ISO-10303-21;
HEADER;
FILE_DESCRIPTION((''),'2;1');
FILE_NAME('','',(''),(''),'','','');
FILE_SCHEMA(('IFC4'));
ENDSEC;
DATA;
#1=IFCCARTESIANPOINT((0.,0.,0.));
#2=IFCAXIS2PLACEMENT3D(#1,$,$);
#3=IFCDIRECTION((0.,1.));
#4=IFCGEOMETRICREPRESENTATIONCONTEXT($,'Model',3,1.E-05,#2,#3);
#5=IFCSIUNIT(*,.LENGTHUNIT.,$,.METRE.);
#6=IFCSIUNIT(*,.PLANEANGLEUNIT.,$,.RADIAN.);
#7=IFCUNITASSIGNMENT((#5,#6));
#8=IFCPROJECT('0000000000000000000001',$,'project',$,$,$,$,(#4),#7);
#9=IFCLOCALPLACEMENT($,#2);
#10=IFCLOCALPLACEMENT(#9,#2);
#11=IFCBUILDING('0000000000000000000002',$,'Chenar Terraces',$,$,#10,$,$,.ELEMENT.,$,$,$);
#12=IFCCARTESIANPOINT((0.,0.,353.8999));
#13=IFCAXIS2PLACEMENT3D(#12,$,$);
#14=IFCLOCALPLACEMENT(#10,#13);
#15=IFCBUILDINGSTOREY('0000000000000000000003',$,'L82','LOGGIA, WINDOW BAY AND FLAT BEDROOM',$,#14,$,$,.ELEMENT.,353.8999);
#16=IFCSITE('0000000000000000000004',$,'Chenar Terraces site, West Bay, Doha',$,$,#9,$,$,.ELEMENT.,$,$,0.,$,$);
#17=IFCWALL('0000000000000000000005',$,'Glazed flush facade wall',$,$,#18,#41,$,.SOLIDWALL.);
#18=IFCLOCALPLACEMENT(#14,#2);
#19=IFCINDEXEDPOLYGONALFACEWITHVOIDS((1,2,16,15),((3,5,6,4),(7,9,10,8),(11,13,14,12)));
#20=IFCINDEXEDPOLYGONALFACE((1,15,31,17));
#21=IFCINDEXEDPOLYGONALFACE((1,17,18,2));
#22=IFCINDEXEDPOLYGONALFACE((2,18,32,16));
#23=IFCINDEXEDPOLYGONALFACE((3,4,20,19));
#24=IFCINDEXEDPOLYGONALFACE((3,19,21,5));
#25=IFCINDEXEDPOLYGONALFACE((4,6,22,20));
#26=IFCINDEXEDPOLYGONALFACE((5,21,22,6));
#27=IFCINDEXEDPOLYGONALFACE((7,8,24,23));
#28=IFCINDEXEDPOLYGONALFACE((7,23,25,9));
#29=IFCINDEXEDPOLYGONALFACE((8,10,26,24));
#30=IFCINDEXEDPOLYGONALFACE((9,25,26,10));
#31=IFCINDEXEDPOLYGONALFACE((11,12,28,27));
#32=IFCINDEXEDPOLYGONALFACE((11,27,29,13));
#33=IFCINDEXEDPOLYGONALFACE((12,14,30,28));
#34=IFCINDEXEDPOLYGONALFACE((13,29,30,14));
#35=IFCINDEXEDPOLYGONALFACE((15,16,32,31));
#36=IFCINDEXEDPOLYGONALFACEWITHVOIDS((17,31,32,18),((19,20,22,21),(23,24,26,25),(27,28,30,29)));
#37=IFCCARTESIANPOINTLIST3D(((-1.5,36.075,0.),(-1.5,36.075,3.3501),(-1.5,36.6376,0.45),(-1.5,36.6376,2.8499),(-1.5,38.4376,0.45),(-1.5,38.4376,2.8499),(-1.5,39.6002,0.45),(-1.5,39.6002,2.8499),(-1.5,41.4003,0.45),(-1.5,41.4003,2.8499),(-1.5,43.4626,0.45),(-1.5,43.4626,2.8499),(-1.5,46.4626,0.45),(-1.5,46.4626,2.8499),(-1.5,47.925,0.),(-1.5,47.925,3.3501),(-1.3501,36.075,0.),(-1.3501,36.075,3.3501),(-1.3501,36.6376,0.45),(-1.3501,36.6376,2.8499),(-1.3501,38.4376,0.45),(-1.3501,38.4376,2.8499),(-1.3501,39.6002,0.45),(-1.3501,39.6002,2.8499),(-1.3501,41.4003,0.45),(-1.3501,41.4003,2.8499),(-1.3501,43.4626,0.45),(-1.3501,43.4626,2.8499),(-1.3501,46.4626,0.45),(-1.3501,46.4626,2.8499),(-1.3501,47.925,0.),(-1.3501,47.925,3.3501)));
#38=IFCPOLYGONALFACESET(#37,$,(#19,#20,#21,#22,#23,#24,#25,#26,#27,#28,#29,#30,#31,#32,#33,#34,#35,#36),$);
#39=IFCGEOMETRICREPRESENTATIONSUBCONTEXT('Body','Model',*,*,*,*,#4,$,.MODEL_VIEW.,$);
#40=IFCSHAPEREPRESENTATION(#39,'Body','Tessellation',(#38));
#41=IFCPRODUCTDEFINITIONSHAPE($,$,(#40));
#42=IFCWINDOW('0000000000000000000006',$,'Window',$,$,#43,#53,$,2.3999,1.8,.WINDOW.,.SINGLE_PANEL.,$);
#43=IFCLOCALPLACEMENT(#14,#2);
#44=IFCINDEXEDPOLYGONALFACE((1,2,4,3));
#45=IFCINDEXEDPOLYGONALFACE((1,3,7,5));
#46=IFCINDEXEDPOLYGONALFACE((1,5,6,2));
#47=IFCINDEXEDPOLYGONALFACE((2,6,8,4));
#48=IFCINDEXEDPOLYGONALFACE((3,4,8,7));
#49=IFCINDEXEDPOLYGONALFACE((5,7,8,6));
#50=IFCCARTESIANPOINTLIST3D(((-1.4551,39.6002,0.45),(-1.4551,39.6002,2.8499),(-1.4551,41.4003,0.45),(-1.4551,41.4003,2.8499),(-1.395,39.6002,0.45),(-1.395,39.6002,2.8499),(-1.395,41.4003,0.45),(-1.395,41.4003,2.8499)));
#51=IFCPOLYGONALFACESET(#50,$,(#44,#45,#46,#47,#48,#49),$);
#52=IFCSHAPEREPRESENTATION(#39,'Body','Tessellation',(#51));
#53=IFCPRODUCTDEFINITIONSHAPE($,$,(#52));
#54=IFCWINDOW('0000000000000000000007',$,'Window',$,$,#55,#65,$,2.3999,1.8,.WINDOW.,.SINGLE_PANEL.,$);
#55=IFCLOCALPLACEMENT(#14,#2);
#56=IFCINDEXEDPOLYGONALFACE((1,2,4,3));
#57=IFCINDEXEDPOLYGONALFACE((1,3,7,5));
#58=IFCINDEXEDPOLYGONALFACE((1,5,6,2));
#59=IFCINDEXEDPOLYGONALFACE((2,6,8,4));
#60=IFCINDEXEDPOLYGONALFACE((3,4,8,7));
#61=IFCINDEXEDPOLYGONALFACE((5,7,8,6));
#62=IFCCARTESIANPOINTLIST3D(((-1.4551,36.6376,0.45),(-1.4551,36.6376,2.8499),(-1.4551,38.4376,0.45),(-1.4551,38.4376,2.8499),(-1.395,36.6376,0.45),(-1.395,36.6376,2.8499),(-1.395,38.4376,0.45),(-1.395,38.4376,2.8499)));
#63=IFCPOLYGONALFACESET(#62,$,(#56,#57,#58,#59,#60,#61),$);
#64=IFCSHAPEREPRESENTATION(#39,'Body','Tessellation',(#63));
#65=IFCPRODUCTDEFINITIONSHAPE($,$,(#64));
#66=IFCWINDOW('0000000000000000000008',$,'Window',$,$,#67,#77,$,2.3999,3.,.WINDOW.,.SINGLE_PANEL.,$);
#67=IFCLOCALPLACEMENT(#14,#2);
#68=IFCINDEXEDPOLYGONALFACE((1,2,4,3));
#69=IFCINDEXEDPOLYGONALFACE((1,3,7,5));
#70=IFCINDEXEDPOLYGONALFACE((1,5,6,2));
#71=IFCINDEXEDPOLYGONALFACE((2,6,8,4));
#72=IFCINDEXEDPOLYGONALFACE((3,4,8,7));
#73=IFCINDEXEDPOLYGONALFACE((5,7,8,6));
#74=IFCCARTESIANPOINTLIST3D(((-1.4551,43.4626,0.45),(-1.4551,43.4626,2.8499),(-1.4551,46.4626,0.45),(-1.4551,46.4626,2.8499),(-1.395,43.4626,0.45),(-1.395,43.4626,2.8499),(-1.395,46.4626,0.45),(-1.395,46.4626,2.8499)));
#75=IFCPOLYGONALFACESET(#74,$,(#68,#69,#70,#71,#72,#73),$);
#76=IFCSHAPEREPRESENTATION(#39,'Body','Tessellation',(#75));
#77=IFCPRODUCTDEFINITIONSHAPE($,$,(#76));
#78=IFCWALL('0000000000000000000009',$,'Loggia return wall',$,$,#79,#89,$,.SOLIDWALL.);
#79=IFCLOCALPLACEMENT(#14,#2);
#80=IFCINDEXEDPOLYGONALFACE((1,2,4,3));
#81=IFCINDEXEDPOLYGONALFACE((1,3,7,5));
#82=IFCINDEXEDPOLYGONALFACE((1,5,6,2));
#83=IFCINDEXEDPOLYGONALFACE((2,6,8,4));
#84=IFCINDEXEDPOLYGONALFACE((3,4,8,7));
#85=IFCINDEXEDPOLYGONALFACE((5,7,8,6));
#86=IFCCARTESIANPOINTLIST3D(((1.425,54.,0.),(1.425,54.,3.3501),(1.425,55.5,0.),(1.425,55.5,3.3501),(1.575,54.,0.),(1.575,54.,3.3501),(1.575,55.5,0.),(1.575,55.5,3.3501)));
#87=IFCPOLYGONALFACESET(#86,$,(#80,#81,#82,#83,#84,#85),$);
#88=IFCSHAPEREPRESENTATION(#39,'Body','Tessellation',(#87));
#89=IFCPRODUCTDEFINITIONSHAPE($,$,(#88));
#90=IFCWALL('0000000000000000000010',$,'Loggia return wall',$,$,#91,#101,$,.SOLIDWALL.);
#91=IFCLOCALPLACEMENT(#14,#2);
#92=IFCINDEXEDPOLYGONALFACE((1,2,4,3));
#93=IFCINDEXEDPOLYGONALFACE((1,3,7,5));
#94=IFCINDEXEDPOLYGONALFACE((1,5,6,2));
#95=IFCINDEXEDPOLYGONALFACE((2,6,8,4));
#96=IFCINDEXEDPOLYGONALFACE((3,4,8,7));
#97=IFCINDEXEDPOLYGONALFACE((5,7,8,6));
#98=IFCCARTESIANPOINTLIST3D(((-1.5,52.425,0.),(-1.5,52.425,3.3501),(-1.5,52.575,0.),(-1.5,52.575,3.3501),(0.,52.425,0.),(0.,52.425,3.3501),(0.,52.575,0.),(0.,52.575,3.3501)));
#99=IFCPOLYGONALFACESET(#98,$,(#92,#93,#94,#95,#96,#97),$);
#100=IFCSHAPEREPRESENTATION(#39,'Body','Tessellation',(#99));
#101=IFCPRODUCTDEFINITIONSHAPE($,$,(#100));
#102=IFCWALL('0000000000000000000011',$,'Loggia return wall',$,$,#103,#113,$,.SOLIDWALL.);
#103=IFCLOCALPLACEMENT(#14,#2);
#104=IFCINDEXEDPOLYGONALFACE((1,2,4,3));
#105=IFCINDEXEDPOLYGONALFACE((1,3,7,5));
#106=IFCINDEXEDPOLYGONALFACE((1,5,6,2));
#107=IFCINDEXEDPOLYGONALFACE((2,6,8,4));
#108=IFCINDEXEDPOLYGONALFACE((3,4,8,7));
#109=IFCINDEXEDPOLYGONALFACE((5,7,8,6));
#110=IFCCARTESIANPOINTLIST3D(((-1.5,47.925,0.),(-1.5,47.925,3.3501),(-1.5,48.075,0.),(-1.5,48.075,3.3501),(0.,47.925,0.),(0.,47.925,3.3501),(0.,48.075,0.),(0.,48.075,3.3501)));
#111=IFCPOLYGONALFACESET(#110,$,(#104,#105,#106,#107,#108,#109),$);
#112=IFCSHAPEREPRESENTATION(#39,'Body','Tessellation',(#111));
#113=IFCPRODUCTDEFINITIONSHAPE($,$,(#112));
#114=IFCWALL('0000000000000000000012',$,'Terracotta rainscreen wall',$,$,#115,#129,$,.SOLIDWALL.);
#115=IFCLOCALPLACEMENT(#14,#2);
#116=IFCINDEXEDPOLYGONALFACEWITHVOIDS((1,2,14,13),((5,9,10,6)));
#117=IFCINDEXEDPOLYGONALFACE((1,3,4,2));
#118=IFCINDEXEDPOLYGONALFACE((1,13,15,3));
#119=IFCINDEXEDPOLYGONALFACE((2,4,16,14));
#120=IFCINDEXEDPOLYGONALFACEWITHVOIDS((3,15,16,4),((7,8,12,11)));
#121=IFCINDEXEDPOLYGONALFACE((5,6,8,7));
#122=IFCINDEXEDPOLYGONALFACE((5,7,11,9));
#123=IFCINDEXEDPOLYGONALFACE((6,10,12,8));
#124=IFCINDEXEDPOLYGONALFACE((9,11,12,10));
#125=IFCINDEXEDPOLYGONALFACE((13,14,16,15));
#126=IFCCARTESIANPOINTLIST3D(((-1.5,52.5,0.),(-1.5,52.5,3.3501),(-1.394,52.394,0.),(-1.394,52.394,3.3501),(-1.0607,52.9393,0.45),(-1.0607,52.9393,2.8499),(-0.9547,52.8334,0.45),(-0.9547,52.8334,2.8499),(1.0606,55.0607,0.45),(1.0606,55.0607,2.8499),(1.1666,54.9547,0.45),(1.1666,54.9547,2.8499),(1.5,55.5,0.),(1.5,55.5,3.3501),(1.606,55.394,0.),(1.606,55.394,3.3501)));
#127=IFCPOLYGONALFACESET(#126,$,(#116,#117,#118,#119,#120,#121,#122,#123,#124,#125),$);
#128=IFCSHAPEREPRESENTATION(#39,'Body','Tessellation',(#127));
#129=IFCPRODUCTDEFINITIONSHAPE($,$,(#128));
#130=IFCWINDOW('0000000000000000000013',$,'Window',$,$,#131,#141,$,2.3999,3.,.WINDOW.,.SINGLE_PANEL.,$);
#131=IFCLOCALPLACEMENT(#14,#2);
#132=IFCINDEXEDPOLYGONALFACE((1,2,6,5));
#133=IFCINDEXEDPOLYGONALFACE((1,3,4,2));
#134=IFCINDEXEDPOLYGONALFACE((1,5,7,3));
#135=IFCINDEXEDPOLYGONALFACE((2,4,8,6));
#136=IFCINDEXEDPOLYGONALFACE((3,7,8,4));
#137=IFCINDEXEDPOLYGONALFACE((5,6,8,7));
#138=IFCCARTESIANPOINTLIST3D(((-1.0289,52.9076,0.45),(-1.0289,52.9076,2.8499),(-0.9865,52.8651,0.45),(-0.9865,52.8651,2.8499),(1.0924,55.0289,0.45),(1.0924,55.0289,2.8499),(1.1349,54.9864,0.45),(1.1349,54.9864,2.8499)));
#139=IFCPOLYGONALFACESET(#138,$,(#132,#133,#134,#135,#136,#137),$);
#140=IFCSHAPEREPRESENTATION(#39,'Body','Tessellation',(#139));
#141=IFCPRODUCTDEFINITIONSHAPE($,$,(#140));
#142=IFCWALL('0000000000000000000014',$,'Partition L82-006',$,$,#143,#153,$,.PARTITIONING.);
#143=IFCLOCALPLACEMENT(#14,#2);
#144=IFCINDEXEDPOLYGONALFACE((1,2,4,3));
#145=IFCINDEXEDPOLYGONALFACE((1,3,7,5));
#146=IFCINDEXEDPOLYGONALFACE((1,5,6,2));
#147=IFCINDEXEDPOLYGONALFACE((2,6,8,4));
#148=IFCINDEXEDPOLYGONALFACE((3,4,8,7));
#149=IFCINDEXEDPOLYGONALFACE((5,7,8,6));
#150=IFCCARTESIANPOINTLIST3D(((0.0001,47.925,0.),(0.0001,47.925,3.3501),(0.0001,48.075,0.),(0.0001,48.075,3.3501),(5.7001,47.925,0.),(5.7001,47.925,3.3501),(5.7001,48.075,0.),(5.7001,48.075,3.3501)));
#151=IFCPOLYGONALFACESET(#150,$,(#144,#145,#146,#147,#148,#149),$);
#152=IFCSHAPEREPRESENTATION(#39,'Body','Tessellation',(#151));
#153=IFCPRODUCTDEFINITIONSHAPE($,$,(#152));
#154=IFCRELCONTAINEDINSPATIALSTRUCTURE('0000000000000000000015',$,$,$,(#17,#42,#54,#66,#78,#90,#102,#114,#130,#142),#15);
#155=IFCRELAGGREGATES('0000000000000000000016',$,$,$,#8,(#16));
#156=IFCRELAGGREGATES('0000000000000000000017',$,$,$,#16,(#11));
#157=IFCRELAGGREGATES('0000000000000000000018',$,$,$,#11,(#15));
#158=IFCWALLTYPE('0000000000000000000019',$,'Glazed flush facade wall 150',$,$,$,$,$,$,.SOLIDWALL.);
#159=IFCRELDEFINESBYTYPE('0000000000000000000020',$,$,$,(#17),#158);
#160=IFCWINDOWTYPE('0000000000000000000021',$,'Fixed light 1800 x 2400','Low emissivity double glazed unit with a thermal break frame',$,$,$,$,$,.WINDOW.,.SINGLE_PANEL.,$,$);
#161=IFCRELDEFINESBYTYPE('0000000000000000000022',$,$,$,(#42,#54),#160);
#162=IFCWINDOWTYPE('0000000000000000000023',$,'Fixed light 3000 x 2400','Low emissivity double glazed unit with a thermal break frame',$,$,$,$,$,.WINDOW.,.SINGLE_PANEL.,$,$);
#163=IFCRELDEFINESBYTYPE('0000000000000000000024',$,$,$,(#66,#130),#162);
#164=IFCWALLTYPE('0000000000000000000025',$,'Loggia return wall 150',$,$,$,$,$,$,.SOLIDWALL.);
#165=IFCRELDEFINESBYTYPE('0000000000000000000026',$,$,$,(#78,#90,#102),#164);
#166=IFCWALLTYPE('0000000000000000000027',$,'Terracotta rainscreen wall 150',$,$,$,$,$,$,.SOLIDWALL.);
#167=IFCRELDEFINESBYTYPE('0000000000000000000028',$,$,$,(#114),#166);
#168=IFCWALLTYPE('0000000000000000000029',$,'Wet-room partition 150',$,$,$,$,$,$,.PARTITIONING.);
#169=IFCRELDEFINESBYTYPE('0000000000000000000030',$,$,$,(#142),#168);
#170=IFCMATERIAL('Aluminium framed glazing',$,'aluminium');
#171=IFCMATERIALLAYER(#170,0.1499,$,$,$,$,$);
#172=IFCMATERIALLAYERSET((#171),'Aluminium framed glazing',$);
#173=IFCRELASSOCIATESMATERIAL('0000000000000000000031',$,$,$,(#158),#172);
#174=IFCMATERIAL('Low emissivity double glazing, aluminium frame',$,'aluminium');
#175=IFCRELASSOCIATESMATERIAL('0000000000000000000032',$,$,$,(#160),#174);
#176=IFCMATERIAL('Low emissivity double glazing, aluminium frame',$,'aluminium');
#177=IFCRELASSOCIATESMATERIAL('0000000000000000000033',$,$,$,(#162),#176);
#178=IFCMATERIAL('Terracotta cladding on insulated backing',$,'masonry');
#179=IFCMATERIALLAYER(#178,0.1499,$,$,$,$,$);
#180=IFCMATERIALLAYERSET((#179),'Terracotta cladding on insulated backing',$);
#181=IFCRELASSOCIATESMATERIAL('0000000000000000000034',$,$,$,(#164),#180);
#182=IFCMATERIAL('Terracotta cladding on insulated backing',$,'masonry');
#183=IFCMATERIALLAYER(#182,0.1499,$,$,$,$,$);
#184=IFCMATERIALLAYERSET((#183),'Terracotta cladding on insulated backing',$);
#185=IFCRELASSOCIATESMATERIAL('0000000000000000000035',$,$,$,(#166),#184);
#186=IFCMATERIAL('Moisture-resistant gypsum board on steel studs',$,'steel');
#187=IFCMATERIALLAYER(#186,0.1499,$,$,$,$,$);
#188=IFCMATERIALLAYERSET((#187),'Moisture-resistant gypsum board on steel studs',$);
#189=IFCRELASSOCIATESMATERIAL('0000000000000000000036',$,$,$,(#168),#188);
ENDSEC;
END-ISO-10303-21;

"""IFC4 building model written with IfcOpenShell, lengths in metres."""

from ifc_helpers import new_model, si_unit, direction, frame, frame_2d, origin, place, context, subcontext, project, spatial, rectangle, extrude, material, layer, layer_set, type_object, element, fill, save


model = new_model("IFC4")

# Units and contexts
model_context = context("Model", 3, precision=1e-05, world=origin(), true_north=direction((0.0, 1.0)))
body_context = subcontext(model_context, "Body", "Model", "MODEL_VIEW")
ifc_project = project(units=[si_unit("LENGTHUNIT", "METRE"), si_unit("PLANEANGLEUNIT", "RADIAN")], contexts=[model_context])

# Site, building, storey
site_placement = place(None, origin())
site = spatial("IfcSite", under=ifc_project, at=site_placement, Name="Chenar Terraces site, West Bay, Doha", CompositionType="ELEMENT", RefElevation=0.0)
building_placement = place(site_placement, origin())
building = spatial("IfcBuilding", under=site, at=building_placement, Name="Chenar Terraces", CompositionType="ELEMENT")
storey_placement = place(building_placement, frame((0.0, 0.0, 353.8999)))
storey = spatial("IfcBuildingStorey", under=building, at=storey_placement, Name="L82", Description="LOGGIA, WINDOW BAY AND FLAT BEDROOM", CompositionType="ELEMENT", Elevation=353.8999)

# Wall, openings, windows
ifc_material_1 = material(Name="Aluminium framed glazing", Category="aluminium")
ifc_layer_1 = layer(ifc_material_1, 0.1499)
ifc_layer_set_1 = layer_set([ifc_layer_1], Name="Aluminium framed glazing")
wall_type_1 = type_object("IfcWallType", Name="Glazed flush facade wall 150", PredefinedType="SOLIDWALL", material=ifc_layer_set_1)
wall_1_placement = place(storey_placement, frame((-1.425, 47.925, 0.0), z_axis=(0.0, 0.0, 1.0), x_axis=(0.0, -1.0, 0.0)))
wall_1 = element("IfcWall", 1, at=wall_1_placement, inside=storey, type_object=wall_type_1, Name="Glazed flush facade wall", PredefinedType="SOLIDWALL", context=body_context, shape_type="SweptSolid", body=[
    extrude(rectangle(XDim=11.8501, YDim=0.1499, at=frame_2d((5.925, 0.0))), origin(), (0.0, 0.0, 1.0), 3.3501),
])
opening_1_placement = place(wall_1_placement, frame((1.4624, 0.0, 0.45)))
opening_1 = element("IfcOpeningElement", 2, at=opening_1_placement, cuts=wall_1, PredefinedType="OPENING", context=body_context, shape_type="SweptSolid", body=[
    extrude(rectangle(XDim=3.0, YDim=2.3999, at=frame_2d((1.5, 1.2))), frame((0.0, 0.085, 0.0), z_axis=(0.0, -1.0, 0.0), x_axis=(1.0, 0.0, 0.0)), (0.0, 0.0, 1.0), 0.1699),
])
opening_2_placement = place(wall_1_placement, frame((6.5249, 0.0, 0.45)))
opening_2 = element("IfcOpeningElement", 3, at=opening_2_placement, cuts=wall_1, PredefinedType="OPENING", context=body_context, shape_type="SweptSolid", body=[
    extrude(rectangle(XDim=1.8, YDim=2.3999, at=frame_2d((0.8999, 1.2))), frame((0.0, 0.085, 0.0), z_axis=(0.0, -1.0, 0.0), x_axis=(1.0, 0.0, 0.0)), (0.0, 0.0, 1.0), 0.1699),
])
opening_3_placement = place(wall_1_placement, frame((9.4875, 0.0, 0.45)))
opening_3 = element("IfcOpeningElement", 4, at=opening_3_placement, cuts=wall_1, PredefinedType="OPENING", context=body_context, shape_type="SweptSolid", body=[
    extrude(rectangle(XDim=1.8, YDim=2.3999, at=frame_2d((0.8999, 1.2))), frame((0.0, 0.085, 0.0), z_axis=(0.0, -1.0, 0.0), x_axis=(1.0, 0.0, 0.0)), (0.0, 0.0, 1.0), 0.1699),
])
ifc_material_2 = material(Name="Low emissivity double glazing, aluminium frame", Category="aluminium")
window_type_1 = type_object("IfcWindowType", Name="Fixed light 1800 x 2400", Description="Low emissivity double glazed unit with a thermal break frame", PartitioningType="SINGLE_PANEL", PredefinedType="WINDOW", material=ifc_material_2)
window_1_placement = place(opening_2_placement, origin())
window_1 = element("IfcWindow", 5, at=window_1_placement, inside=storey, type_object=window_type_1, Name="Window", OverallHeight=2.3999, OverallWidth=1.8, PartitioningType="SINGLE_PANEL", PredefinedType="WINDOW", context=body_context, shape_type="SweptSolid", body=[
    extrude(rectangle(XDim=1.8, YDim=2.3999, at=frame_2d((0.8999, 1.2))), frame((0.0, 0.03, 0.0), z_axis=(0.0, -1.0, 0.0), x_axis=(1.0, 0.0, 0.0)), (0.0, 0.0, 1.0), 0.0601),
])
fill(opening_2, window_1)
window_2_placement = place(opening_3_placement, origin())
window_2 = element("IfcWindow", 6, at=window_2_placement, inside=storey, type_object=window_type_1, Name="Window", OverallHeight=2.3999, OverallWidth=1.8, PartitioningType="SINGLE_PANEL", PredefinedType="WINDOW", context=body_context, shape_type="SweptSolid", body=[
    extrude(rectangle(XDim=1.8, YDim=2.3999, at=frame_2d((0.8999, 1.2))), frame((0.0, 0.03, 0.0), z_axis=(0.0, -1.0, 0.0), x_axis=(1.0, 0.0, 0.0)), (0.0, 0.0, 1.0), 0.0601),
])
fill(opening_3, window_2)
ifc_material_3 = material(Name="Low emissivity double glazing, aluminium frame", Category="aluminium")
window_type_2 = type_object("IfcWindowType", Name="Fixed light 3000 x 2400", Description="Low emissivity double glazed unit with a thermal break frame", PartitioningType="SINGLE_PANEL", PredefinedType="WINDOW", material=ifc_material_3)
window_3_placement = place(opening_1_placement, origin())
window_3 = element("IfcWindow", 7, at=window_3_placement, inside=storey, type_object=window_type_2, Name="Window", OverallHeight=2.3999, OverallWidth=3.0, PartitioningType="SINGLE_PANEL", PredefinedType="WINDOW", context=body_context, shape_type="SweptSolid", body=[
    extrude(rectangle(XDim=3.0, YDim=2.3999, at=frame_2d((1.5, 1.2))), frame((0.0, 0.03, 0.0), z_axis=(0.0, -1.0, 0.0), x_axis=(1.0, 0.0, 0.0)), (0.0, 0.0, 1.0), 0.0601),
])
fill(opening_1, window_3)

# Walls
ifc_material_4 = material(Name="Terracotta cladding on insulated backing", Category="masonry")
ifc_layer_2 = layer(ifc_material_4, 0.1499)
ifc_layer_set_2 = layer_set([ifc_layer_2], Name="Terracotta cladding on insulated backing")
wall_type_2 = type_object("IfcWallType", Name="Loggia return wall 150", PredefinedType="SOLIDWALL", material=ifc_layer_set_2)
for number, where, z_axis, x_axis, name in (
    (8, (1.5, 55.5, 0.0), (0.0, 0.0, 1.0), (0.0, -1.0, 0.0), "Loggia return wall"),
    (9, (-1.5, 52.5, 0.0), (0.0, 0.0, 1.0), (1.0, 0.0, 0.0), "Loggia return wall"),
    (10, (-1.5, 48.0, 0.0), (0.0, 0.0, 1.0), (1.0, 0.0, 0.0), "Loggia return wall"),
):
    element("IfcWall", number, at=place(storey_placement, frame(where, z_axis=z_axis, x_axis=x_axis)), inside=storey, type_object=wall_type_2, Name=name, PredefinedType="SOLIDWALL", context=body_context, shape_type="SweptSolid", body=[
        extrude(rectangle(XDim=1.5, YDim=0.1499, at=frame_2d((0.75, 0.0))), origin(), (0.0, 0.0, 1.0), 3.3501),
    ])

# Wall, opening, window
ifc_material_5 = material(Name="Terracotta cladding on insulated backing", Category="masonry")
ifc_layer_3 = layer(ifc_material_5, 0.1499)
ifc_layer_set_3 = layer_set([ifc_layer_3], Name="Terracotta cladding on insulated backing")
wall_type_3 = type_object("IfcWallType", Name="Terracotta rainscreen wall 150", PredefinedType="SOLIDWALL", material=ifc_layer_set_3)
wall_2_placement = place(storey_placement, frame((1.553, 55.447, 0.0), z_axis=(0.0, 0.0, 1.0), x_axis=(-0.707107, -0.707107, 0.0)))
wall_2 = element("IfcWall", 11, at=wall_2_placement, inside=storey, type_object=wall_type_3, Name="Terracotta rainscreen wall", PredefinedType="SOLIDWALL", context=body_context, shape_type="SweptSolid", body=[
    extrude(rectangle(XDim=4.2427, YDim=0.1499, at=frame_2d((2.1213, 0.0))), origin(), (0.0, 0.0, 1.0), 3.3501),
])
opening_4_placement = place(wall_2_placement, frame((0.6213, 0.0, 0.45)))
opening_4 = element("IfcOpeningElement", 12, at=opening_4_placement, cuts=wall_2, PredefinedType="OPENING", context=body_context, shape_type="SweptSolid", body=[
    extrude(rectangle(XDim=3.0, YDim=2.3999, at=frame_2d((1.5, 1.2))), frame((0.0, 0.085, 0.0), z_axis=(0.0, -1.0, 0.0), x_axis=(1.0, 0.0, 0.0)), (0.0, 0.0, 1.0), 0.1699),
])
window_4_placement = place(opening_4_placement, origin())
window_4 = element("IfcWindow", 13, at=window_4_placement, inside=storey, type_object=window_type_2, Name="Window", OverallHeight=2.3999, OverallWidth=3.0, PartitioningType="SINGLE_PANEL", PredefinedType="WINDOW", context=body_context, shape_type="SweptSolid", body=[
    extrude(rectangle(XDim=3.0, YDim=2.3999, at=frame_2d((1.5, 1.2))), frame((0.0, 0.03, 0.0), z_axis=(0.0, -1.0, 0.0), x_axis=(1.0, 0.0, 0.0)), (0.0, 0.0, 1.0), 0.0601),
])
fill(opening_4, window_4)

# Wall
ifc_material_6 = material(Name="Moisture-resistant gypsum board on steel studs", Category="steel")
ifc_layer_4 = layer(ifc_material_6, 0.1499)
ifc_layer_set_4 = layer_set([ifc_layer_4], Name="Moisture-resistant gypsum board on steel studs")
wall_type_4 = type_object("IfcWallType", Name="Wet-room partition 150", PredefinedType="PARTITIONING", material=ifc_layer_set_4)
wall_3_placement = place(storey_placement, frame((0.0, 48.0, 0.0), z_axis=(0.0, 0.0, 1.0), x_axis=(1.0, 0.0, 0.0)))
element("IfcWall", 14, at=wall_3_placement, inside=storey, type_object=wall_type_4, Name="Partition L82-006", PredefinedType="PARTITIONING", context=body_context, shape_type="SweptSolid", body=[
    extrude(rectangle(XDim=5.7, YDim=0.1499, at=frame_2d((2.8501, 0.0))), origin(), (0.0, 0.0, 1.0), 3.3501),
])

save(model, "model.ifc")
